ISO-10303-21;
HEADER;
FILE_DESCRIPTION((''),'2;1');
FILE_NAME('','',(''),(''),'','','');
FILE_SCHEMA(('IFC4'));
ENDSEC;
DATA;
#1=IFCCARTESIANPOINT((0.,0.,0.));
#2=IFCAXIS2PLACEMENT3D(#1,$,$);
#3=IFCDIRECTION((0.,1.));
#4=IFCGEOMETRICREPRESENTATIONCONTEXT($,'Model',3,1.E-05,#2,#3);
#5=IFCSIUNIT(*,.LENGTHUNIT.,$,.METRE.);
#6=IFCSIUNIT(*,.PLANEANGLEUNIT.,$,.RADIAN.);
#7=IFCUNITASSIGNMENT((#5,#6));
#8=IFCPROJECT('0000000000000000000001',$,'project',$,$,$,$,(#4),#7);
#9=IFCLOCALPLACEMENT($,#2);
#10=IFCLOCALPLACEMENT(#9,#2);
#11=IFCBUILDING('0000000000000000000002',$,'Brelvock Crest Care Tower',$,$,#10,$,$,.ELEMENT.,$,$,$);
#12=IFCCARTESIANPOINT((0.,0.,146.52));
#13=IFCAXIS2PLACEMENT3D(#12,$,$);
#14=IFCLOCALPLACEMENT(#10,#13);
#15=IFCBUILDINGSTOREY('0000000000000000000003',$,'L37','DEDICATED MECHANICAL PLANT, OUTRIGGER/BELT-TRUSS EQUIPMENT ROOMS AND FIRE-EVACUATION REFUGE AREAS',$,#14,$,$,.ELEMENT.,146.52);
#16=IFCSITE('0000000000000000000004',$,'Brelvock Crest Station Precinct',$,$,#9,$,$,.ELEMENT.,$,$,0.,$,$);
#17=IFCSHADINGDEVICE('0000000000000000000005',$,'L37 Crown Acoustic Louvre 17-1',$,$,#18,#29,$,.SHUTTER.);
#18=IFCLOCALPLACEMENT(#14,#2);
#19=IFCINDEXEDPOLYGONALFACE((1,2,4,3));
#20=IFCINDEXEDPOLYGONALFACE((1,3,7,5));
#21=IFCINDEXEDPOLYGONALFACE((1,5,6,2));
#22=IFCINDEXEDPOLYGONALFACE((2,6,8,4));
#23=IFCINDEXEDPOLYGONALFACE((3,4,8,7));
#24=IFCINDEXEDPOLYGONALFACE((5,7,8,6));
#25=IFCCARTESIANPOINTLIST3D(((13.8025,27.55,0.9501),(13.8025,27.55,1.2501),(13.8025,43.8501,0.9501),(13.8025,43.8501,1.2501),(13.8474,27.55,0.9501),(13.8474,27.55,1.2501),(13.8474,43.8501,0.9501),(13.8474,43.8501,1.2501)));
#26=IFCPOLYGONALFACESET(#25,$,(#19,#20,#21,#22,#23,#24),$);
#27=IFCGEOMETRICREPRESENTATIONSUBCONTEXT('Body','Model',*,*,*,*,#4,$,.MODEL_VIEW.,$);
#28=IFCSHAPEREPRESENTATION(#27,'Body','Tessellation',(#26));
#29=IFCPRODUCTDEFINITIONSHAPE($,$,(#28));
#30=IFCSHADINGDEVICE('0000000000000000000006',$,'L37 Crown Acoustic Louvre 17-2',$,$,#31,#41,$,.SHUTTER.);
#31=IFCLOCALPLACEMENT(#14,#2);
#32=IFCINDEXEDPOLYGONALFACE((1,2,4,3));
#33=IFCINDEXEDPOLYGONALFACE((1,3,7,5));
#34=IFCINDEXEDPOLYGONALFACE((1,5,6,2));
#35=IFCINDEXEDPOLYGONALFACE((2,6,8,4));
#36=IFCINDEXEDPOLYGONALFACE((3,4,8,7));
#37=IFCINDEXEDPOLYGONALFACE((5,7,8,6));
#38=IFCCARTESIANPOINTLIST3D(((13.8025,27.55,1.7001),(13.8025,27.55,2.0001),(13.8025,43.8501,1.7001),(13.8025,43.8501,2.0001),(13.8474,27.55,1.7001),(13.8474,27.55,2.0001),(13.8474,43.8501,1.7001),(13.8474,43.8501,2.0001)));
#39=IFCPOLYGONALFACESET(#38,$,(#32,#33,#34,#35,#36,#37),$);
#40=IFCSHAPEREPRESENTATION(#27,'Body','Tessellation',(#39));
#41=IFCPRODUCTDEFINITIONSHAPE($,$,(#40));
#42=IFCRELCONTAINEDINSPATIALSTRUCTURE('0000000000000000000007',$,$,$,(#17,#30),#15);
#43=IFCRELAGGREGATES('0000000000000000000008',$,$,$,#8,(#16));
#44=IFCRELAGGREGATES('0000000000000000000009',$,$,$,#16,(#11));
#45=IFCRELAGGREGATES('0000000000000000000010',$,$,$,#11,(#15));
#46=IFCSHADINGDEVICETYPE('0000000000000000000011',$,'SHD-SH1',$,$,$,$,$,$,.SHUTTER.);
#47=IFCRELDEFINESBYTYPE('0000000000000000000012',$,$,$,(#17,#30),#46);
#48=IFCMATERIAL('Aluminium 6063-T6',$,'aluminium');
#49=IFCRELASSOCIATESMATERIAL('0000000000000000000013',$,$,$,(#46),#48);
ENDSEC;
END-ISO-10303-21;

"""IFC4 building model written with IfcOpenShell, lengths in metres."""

from ifc_helpers import new_model, si_unit, direction, frame, origin, origin_2d, place, context, subcontext, project, spatial, rectangle, extrude, source, transform, mapped, material, material_profile, profile_set, type_object, element, save


model = new_model("IFC4")

# Units and contexts
model_context = context("Model", 3, precision=1e-05, world=origin(), true_north=direction((0.0, 1.0)))
body_context = subcontext(model_context, "Body", "Model", "MODEL_VIEW")
ifc_project = project(units=[si_unit("LENGTHUNIT", "METRE"), si_unit("PLANEANGLEUNIT", "RADIAN")], contexts=[model_context])

# Site, building, storey
site_placement = place(None, origin())
site = spatial("IfcSite", under=ifc_project, at=site_placement, Name="Brelvock Crest Station Precinct", CompositionType="ELEMENT", RefElevation=0.0)
building_placement = place(site_placement, origin())
building = spatial("IfcBuilding", under=site, at=building_placement, Name="Brelvock Crest Care Tower", CompositionType="ELEMENT")
storey_placement = place(building_placement, frame((0.0, 0.0, 146.52)))
storey = spatial("IfcBuildingStorey", under=building, at=storey_placement, Name="L37", Description="DEDICATED MECHANICAL PLANT, OUTRIGGER/BELT-TRUSS EQUIPMENT ROOMS AND FIRE-EVACUATION REFUGE AREAS", CompositionType="ELEMENT", Elevation=146.52)

# Shading devices
ifc_material_1 = material(Name="Aluminium 6063-T6", Category="aluminium")
ifc_material_profile_1 = material_profile(ifc_material_1, rectangle(XDim=0.0449, YDim=0.3, at=origin_2d()), Name="LOUVRE45x300")
ifc_profile_set_1 = profile_set([ifc_material_profile_1], Name="Aluminium 6063-T6")
shading_device_type = type_object("IfcShadingDeviceType", Name="SHD-SH1", PredefinedType="SHUTTER", material=ifc_profile_set_1)
shared_shape_1 = source(origin(), body_context, "Body", "SweptSolid", [
    extrude(rectangle(XDim=0.0449, YDim=0.3, at=origin_2d()), origin(), (0.0, 0.0, 1.0), 16.3),
])
for number, where, z_axis, x_axis, name in (
    (1, (13.825, 27.55, 1.1001), (0.0, 1.0, 0.0), (-1.0, 0.0, 0.0), "L37 Crown Acoustic Louvre 17-1"),
    (2, (13.825, 27.55, 1.8501), (0.0, 1.0, 0.0), (-1.0, 0.0, 0.0), "L37 Crown Acoustic Louvre 17-2"),
):
    element("IfcShadingDevice", number, at=place(storey_placement, frame(where, z_axis=z_axis, x_axis=x_axis)), inside=storey, type_object=shading_device_type, Name=name, PredefinedType="SHUTTER", context=body_context, shape_type="MappedRepresentation", body=[
        mapped(shared_shape_1, transform((0.0, 0.0, 0.0), x_axis=(1.0, 0.0, 0.0), y_axis=(0.0, 1.0, 0.0), z_axis=(0.0, 0.0, 1.0), scale=1.0)),
    ])

save(model, "model.ifc")
